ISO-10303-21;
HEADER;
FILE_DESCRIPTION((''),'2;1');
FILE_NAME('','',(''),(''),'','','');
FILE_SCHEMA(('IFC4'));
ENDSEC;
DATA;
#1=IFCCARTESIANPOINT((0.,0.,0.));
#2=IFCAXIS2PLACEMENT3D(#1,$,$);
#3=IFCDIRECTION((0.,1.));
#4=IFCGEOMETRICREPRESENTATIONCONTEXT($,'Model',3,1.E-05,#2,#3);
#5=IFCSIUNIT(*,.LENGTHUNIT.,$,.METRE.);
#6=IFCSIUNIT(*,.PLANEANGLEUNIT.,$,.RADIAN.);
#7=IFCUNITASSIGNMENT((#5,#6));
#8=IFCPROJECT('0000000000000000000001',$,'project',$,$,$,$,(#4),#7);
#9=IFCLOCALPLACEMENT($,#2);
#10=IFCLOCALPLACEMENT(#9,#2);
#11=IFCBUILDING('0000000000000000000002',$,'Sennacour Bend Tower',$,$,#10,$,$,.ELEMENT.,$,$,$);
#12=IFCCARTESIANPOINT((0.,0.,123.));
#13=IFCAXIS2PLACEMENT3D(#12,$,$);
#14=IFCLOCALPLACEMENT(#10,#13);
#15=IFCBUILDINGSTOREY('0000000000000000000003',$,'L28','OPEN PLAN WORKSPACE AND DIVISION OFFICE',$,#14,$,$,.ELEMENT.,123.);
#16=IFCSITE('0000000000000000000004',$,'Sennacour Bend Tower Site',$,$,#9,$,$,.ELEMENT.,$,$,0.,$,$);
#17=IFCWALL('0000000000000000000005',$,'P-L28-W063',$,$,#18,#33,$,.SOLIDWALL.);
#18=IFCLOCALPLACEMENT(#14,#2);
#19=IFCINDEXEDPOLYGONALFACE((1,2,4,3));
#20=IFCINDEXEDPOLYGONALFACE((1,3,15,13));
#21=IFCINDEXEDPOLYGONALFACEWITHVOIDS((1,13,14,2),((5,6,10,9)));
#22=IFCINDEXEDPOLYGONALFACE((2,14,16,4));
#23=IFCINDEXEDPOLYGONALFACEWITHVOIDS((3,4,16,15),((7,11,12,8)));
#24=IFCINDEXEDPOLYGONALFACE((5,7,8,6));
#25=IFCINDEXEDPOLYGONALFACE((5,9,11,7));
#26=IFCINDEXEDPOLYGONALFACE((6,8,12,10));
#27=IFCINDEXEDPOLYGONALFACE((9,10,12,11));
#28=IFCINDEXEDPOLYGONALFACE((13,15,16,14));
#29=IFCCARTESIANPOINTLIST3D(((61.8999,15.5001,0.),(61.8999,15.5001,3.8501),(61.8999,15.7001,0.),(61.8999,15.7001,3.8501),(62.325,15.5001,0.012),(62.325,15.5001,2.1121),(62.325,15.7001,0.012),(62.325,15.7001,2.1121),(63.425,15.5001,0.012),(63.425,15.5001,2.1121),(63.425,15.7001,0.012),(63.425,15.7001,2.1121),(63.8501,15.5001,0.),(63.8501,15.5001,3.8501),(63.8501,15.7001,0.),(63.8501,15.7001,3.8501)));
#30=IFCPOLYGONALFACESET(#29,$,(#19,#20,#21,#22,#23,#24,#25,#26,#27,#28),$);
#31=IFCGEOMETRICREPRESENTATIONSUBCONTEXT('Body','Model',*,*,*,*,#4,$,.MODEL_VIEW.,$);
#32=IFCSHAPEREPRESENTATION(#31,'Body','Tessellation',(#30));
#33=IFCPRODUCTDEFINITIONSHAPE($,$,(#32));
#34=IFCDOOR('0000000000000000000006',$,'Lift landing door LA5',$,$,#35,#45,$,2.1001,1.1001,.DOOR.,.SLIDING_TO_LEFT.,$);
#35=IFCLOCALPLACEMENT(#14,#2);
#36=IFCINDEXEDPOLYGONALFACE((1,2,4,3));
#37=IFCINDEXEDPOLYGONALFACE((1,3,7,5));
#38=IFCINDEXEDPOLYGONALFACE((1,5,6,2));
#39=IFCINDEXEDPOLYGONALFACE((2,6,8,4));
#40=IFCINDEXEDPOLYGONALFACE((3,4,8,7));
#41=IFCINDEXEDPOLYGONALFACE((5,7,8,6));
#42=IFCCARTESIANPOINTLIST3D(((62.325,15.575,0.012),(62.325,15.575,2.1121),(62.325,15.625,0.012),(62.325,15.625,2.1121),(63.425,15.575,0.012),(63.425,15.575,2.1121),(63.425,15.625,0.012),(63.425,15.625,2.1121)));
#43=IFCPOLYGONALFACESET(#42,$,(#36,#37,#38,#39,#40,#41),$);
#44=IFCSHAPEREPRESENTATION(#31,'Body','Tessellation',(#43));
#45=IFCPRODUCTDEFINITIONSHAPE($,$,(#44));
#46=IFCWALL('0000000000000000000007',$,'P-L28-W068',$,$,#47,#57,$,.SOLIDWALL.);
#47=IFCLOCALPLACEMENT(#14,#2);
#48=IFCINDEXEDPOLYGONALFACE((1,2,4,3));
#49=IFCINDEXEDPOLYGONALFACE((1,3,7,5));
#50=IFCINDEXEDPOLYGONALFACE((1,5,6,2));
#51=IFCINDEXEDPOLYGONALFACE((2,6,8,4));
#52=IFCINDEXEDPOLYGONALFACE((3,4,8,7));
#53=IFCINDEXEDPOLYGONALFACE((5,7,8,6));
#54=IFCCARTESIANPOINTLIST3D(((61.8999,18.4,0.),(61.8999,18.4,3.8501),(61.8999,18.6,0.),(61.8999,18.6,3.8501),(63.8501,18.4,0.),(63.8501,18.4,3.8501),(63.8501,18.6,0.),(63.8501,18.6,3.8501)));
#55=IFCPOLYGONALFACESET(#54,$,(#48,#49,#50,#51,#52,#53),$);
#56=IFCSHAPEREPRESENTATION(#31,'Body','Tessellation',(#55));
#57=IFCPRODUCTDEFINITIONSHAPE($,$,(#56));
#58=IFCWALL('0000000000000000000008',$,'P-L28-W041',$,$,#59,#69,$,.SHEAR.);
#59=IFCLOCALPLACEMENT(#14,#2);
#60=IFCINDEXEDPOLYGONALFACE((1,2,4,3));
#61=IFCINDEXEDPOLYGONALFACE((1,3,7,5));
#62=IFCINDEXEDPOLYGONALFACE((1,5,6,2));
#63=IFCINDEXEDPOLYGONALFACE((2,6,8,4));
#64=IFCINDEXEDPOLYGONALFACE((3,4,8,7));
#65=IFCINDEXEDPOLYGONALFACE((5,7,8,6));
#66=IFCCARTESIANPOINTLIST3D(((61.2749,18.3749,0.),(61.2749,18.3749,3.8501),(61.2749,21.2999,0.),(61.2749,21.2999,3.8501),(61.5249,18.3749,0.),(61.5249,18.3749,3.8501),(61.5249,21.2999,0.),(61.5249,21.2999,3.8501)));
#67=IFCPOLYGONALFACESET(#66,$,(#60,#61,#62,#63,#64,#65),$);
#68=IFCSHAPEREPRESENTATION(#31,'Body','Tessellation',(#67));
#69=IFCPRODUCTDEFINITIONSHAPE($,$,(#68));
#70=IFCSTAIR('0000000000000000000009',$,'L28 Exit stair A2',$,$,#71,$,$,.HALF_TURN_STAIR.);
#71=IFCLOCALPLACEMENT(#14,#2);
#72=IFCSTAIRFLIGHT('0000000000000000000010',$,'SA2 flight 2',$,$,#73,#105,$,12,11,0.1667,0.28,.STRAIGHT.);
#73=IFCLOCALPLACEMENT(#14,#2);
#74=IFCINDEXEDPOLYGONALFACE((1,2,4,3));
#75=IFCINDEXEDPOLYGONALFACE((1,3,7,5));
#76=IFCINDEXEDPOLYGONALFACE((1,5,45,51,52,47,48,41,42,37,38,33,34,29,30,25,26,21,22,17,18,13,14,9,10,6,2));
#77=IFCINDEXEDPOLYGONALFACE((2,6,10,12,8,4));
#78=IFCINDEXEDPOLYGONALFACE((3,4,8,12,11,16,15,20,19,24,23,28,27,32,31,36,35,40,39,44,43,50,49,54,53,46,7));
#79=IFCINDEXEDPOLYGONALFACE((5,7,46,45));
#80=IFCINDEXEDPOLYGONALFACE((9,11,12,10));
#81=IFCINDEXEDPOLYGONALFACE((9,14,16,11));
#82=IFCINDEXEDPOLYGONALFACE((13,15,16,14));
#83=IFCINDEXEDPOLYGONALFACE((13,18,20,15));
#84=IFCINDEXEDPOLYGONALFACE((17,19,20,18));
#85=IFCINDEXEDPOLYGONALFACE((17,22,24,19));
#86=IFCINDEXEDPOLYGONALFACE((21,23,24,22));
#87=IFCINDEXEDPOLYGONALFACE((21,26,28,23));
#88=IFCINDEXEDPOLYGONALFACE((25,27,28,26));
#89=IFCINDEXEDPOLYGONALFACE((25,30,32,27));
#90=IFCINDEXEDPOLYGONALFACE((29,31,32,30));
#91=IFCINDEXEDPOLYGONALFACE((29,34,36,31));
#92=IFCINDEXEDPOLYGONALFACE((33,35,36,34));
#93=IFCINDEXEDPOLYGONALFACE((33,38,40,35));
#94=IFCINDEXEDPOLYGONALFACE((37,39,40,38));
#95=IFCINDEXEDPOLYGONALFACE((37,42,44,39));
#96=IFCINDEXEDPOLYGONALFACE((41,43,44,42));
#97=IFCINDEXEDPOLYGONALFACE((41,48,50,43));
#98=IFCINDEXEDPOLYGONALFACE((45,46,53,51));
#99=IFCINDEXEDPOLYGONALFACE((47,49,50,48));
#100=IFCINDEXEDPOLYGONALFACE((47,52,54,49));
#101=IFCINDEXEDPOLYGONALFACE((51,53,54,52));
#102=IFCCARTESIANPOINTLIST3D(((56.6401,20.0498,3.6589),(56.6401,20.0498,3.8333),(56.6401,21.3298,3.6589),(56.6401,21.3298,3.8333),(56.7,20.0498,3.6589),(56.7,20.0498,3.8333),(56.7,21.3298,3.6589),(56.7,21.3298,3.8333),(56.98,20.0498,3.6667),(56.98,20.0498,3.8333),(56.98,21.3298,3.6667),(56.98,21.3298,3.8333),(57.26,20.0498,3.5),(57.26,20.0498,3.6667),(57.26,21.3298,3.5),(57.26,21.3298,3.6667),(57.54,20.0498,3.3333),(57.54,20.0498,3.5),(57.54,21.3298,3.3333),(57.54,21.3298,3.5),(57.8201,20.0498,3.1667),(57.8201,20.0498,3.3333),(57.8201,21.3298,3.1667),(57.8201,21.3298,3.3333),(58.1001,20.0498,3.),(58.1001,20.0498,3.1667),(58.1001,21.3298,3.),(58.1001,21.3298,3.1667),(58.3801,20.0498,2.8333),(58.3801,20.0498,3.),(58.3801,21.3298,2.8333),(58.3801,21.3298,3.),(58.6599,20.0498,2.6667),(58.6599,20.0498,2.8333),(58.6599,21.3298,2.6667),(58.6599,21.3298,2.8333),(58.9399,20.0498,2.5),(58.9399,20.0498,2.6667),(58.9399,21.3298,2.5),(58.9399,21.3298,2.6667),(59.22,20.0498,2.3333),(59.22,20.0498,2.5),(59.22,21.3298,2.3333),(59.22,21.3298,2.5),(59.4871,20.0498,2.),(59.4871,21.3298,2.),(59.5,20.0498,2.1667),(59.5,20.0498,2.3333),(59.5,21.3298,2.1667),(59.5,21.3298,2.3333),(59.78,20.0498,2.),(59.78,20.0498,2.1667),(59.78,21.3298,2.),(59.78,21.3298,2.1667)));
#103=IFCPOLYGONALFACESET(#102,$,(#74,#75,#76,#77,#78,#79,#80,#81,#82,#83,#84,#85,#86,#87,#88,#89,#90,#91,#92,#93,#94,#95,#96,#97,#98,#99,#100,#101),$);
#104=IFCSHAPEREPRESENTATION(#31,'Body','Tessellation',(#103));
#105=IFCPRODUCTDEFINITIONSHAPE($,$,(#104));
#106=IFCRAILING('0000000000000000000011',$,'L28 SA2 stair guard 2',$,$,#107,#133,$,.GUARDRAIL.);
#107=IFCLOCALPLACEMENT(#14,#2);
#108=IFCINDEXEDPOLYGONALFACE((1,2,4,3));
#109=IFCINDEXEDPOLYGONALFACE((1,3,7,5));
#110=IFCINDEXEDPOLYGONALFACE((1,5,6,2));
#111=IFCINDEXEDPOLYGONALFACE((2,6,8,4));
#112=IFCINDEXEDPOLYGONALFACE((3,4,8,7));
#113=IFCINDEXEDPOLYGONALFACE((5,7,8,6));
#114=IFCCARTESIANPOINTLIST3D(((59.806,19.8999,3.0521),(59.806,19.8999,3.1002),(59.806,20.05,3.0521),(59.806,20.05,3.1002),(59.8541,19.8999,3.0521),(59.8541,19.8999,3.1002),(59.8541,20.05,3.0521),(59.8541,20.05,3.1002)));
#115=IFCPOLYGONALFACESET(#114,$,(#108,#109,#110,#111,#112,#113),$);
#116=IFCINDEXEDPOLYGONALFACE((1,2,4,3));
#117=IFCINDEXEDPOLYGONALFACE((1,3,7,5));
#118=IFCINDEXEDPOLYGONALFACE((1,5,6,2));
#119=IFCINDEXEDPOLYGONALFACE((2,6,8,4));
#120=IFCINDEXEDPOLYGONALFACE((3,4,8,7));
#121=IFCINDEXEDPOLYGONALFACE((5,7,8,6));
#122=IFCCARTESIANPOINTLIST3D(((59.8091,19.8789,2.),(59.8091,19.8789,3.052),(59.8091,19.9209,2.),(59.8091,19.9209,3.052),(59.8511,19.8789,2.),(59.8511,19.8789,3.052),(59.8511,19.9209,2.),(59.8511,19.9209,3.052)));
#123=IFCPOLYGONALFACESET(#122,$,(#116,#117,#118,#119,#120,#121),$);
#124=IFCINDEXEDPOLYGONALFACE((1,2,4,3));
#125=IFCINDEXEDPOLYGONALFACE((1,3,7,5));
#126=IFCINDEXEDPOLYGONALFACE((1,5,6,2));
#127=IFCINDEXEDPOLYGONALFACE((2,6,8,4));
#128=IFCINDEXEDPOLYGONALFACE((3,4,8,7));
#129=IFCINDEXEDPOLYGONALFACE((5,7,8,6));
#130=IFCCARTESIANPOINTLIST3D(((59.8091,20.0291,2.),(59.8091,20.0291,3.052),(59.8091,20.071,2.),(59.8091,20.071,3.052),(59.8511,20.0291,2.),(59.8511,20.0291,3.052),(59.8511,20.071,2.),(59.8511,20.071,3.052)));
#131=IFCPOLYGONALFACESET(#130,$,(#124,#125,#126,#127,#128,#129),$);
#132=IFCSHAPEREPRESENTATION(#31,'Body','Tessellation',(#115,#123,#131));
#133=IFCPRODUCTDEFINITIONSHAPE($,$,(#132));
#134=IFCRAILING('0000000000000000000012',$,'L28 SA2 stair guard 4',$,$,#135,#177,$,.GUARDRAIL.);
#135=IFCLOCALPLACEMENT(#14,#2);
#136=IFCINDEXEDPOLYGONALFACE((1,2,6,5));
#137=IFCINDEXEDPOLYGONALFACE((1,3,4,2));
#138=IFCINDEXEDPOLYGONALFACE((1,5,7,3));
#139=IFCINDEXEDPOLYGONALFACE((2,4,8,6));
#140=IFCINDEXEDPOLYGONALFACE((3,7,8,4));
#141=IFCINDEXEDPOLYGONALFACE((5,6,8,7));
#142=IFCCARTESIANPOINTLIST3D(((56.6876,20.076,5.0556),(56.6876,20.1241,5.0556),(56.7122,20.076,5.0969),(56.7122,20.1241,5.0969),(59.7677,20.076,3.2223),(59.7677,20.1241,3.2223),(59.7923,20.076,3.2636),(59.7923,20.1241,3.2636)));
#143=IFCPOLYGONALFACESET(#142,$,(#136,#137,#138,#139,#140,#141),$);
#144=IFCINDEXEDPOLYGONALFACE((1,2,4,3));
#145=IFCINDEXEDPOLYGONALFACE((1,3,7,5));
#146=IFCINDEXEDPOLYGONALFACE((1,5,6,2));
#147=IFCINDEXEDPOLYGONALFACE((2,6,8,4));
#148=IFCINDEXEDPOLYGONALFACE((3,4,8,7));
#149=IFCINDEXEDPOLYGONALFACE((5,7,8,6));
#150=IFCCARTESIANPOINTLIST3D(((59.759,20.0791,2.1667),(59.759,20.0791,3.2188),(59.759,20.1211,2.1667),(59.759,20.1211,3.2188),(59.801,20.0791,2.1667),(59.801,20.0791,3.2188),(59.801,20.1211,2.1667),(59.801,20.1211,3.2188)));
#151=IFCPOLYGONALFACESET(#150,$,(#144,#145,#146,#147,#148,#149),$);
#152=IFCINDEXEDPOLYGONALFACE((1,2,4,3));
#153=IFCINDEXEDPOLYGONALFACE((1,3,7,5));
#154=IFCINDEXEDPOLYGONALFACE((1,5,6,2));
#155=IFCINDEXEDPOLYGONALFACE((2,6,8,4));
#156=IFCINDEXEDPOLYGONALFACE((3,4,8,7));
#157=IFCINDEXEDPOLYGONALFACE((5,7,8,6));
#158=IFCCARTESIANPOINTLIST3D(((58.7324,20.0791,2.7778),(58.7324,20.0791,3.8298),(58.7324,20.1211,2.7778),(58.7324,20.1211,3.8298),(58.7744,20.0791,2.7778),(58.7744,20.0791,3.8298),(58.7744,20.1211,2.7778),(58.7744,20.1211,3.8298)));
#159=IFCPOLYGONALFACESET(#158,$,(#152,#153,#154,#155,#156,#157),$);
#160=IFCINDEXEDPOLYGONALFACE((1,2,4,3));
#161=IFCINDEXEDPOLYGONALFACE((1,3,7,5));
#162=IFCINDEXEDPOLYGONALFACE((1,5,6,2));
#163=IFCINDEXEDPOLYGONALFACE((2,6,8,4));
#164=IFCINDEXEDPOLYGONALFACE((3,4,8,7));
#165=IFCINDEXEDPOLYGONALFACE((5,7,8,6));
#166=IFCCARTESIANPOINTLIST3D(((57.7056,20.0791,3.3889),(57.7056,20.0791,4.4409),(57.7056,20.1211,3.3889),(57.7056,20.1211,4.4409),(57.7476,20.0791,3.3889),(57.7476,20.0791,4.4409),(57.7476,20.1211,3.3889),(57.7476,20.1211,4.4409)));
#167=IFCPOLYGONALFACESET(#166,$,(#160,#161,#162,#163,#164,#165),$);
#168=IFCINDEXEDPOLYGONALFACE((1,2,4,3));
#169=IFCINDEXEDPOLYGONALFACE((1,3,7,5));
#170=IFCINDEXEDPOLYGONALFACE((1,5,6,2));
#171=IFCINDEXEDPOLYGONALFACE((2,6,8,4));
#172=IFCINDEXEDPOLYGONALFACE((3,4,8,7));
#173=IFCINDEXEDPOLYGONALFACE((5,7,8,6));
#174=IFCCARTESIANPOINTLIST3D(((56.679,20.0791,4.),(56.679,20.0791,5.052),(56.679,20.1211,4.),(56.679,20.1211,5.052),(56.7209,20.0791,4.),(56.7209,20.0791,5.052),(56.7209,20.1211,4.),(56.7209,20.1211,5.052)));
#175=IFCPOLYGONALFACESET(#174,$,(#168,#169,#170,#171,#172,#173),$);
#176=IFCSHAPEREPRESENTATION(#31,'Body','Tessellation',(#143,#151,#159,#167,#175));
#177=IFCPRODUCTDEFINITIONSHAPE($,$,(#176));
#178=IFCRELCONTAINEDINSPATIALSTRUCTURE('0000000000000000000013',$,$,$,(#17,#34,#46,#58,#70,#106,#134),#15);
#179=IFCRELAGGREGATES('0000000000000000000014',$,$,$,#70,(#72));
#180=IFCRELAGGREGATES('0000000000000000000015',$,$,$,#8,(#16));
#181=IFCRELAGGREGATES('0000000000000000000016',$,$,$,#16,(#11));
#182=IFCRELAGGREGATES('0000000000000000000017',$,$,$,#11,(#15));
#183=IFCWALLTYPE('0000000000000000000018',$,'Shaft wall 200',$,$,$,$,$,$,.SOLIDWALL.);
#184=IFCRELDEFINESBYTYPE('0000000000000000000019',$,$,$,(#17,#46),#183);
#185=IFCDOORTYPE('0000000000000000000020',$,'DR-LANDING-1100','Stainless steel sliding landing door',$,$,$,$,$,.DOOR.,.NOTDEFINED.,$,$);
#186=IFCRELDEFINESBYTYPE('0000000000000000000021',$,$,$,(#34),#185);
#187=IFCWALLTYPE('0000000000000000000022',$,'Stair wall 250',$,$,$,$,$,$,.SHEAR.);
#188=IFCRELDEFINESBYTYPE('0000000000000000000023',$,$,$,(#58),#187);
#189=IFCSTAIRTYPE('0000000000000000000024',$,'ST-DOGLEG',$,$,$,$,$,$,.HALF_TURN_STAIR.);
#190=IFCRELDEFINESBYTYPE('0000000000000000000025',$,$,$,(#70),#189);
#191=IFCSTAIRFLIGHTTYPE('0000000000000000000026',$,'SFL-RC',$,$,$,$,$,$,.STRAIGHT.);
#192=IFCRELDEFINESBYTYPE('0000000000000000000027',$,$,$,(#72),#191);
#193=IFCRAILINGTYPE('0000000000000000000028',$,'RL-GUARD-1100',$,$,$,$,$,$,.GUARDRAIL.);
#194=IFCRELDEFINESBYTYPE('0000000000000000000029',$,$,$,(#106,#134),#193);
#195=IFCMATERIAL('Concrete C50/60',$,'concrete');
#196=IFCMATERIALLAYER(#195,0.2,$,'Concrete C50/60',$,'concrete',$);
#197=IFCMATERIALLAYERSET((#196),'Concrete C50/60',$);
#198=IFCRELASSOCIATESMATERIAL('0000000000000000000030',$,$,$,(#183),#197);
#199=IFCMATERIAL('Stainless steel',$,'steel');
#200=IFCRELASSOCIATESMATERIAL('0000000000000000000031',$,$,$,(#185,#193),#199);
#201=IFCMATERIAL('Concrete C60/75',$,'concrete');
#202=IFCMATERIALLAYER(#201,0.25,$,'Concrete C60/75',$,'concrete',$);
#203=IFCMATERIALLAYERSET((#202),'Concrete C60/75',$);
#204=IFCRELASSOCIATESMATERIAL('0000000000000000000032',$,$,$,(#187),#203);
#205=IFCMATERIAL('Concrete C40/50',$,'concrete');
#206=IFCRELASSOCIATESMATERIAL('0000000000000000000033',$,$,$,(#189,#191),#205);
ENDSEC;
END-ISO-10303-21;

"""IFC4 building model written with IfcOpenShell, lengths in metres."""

from ifc_helpers import new_model, si_unit, direction, frame, frame_2d, origin, origin_2d, place, context, subcontext, project, spatial, polyline, rectangle, outline, extrude, material, layer, layer_set, type_object, element, fill, aggregate, save


model = new_model("IFC4")

# Units and contexts
model_context = context("Model", 3, precision=1e-05, world=origin(), true_north=direction((0.0, 1.0)))
body_context = subcontext(model_context, "Body", "Model", "MODEL_VIEW")
ifc_project = project(units=[si_unit("LENGTHUNIT", "METRE"), si_unit("PLANEANGLEUNIT", "RADIAN")], contexts=[model_context])

# Site, building, storey
site_placement = place(None, origin())
site = spatial("IfcSite", under=ifc_project, at=site_placement, Name="Sennacour Bend Tower Site", CompositionType="ELEMENT", RefElevation=0.0)
building_placement = place(site_placement, origin())
building = spatial("IfcBuilding", under=site, at=building_placement, Name="Sennacour Bend Tower", CompositionType="ELEMENT")
storey_placement = place(building_placement, frame((0.0, 0.0, 123.0)))
storey = spatial("IfcBuildingStorey", under=building, at=storey_placement, Name="L28", Description="OPEN PLAN WORKSPACE AND DIVISION OFFICE", CompositionType="ELEMENT", Elevation=123.0)

# Shared definitions
ifc_material_1 = material(Name="Concrete C50/60", Category="concrete")
ifc_layer_1 = layer(ifc_material_1, 0.2, Name="Concrete C50/60", Category="concrete")
ifc_layer_set_1 = layer_set([ifc_layer_1], Name="Concrete C50/60")
wall_type_1 = type_object("IfcWallType", Name="Shaft wall 200", PredefinedType="SOLIDWALL", material=ifc_layer_set_1)

# Wall, opening, door
ifc_material_2 = material(Name="Stainless steel", Category="steel")
wall_1_placement = place(storey_placement, frame((61.8999, 15.6001, 0.0), z_axis=(0.0, 0.0, 1.0), x_axis=(1.0, 0.0, 0.0)))
wall_1 = element("IfcWall", 1, at=wall_1_placement, inside=storey, type_object=wall_type_1, Name="P-L28-W063", PredefinedType="SOLIDWALL", context=body_context, shape_type="SweptSolid", body=[
    extrude(rectangle(XDim=1.9502, YDim=0.2, at=frame_2d((0.9751, 0.0))), origin(), (0.0, 0.0, 1.0), 3.8501),
])
opening_1_placement = place(wall_1_placement, frame((0.425, 0.0, 0.012)))
opening_1 = element("IfcOpeningElement", 2, at=opening_1_placement, cuts=wall_1, PredefinedType="OPENING", context=body_context, shape_type="SweptSolid", body=[
    extrude(rectangle(XDim=1.1001, YDim=2.1001, at=frame_2d((0.55, 1.05))), frame((0.0, 0.1099, 0.0), z_axis=(0.0, -1.0, 0.0), x_axis=(1.0, 0.0, 0.0)), (0.0, 0.0, 1.0), 0.22),
])
door_type_1 = type_object("IfcDoorType", Name="DR-LANDING-1100", Description="Stainless steel sliding landing door", OperationType="NOTDEFINED", PredefinedType="DOOR", material=ifc_material_2)
door_1_placement = place(opening_1_placement, origin())
door_1 = element("IfcDoor", 3, at=door_1_placement, inside=storey, type_object=door_type_1, Name="Lift landing door LA5", OperationType="SLIDING_TO_LEFT", OverallHeight=2.1001, OverallWidth=1.1001, PredefinedType="DOOR", context=body_context, shape_type="SweptSolid", body=[
    extrude(rectangle(XDim=1.1001, YDim=2.1001, at=frame_2d((0.55, 1.05))), frame((0.0, 0.0249, 0.0), z_axis=(0.0, -1.0, 0.0), x_axis=(1.0, 0.0, 0.0)), (0.0, 0.0, 1.0), 0.05),
])
fill(opening_1, door_1)

# Walls
wall_2_placement = place(storey_placement, frame((61.8999, 18.5, 0.0), z_axis=(0.0, 0.0, 1.0), x_axis=(1.0, 0.0, 0.0)))
element("IfcWall", 4, at=wall_2_placement, inside=storey, type_object=wall_type_1, Name="P-L28-W068", PredefinedType="SOLIDWALL", context=body_context, shape_type="SweptSolid", body=[
    extrude(rectangle(XDim=1.9502, YDim=0.2, at=frame_2d((0.9751, 0.0))), origin(), (0.0, 0.0, 1.0), 3.8501),
])
ifc_material_3 = material(Name="Concrete C60/75", Category="concrete")
ifc_layer_2 = layer(ifc_material_3, 0.25, Name="Concrete C60/75", Category="concrete")
ifc_layer_set_2 = layer_set([ifc_layer_2], Name="Concrete C60/75")
wall_type_2 = type_object("IfcWallType", Name="Stair wall 250", PredefinedType="SHEAR", material=ifc_layer_set_2)
wall_3_placement = place(storey_placement, frame((61.3999, 18.375, 0.0), z_axis=(0.0, 0.0, 1.0), x_axis=(0.0, 1.0, 0.0)))
element("IfcWall", 5, at=wall_3_placement, inside=storey, type_object=wall_type_2, Name="P-L28-W041", PredefinedType="SHEAR", context=body_context, shape_type="SweptSolid", body=[
    extrude(rectangle(XDim=2.925, YDim=0.25, at=frame_2d((1.4624, 0.0))), origin(), (0.0, 0.0, 1.0), 3.8501),
])

# Stair, stair flight
ifc_material_4 = material(Name="Concrete C40/50", Category="concrete")
stair_type = type_object("IfcStairType", Name="ST-DOGLEG", PredefinedType="HALF_TURN_STAIR", material=ifc_material_4)
stair_placement = place(storey_placement, origin())
stair = element("IfcStair", 6, at=stair_placement, inside=storey, type_object=stair_type, Name="L28 Exit stair A2", PredefinedType="HALF_TURN_STAIR")
stair_flight_type = type_object("IfcStairFlightType", Name="SFL-RC", PredefinedType="STRAIGHT", material=ifc_material_4)
stair_flight_placement = place(storey_placement, frame((59.78, 20.6899, 2.0), z_axis=(0.0, 0.0, 1.0), x_axis=(-1.0, 0.0, 0.0)))
stair_flight = element("IfcStairFlight", 7, at=stair_flight_placement, type_object=stair_flight_type, Name="SA2 flight 2", NumberOfRisers=12, NumberOfTreads=11, PredefinedType="STRAIGHT", RiserHeight=0.1667, TreadLength=0.28, context=body_context, shape_type="SweptSolid", body=[
    extrude(outline(polyline([(0.0, 0.0), (0.0, 0.1667), (0.28, 0.1667), (0.28, 0.3333), (0.5601, 0.3333), (0.5601, 0.5), (0.8401, 0.5), (0.8401, 0.6667), (1.1201, 0.6667), (1.1201, 0.8333), (1.3999, 0.8333), (1.3999, 1.0), (1.6799, 1.0), (1.6799, 1.1667), (1.96, 1.1667), (1.96, 1.3333), (2.24, 1.3333), (2.24, 1.5), (2.52, 1.5), (2.52, 1.6667), (2.8, 1.6667), (2.8, 1.8333), (3.0801, 1.8333), (3.1399, 1.8333), (3.1399, 1.6589), (3.0801, 1.6589), (0.293, 0.0), (0.0, 0.0)])), frame((0.0, 0.6401, 0.0), z_axis=(0.0, -1.0, 0.0), x_axis=(1.0, 0.0, 0.0)), (0.0, 0.0, 1.0), 1.28),
])
aggregate(stair, [stair_flight])

# Railings
railing_type_1 = type_object("IfcRailingType", Name="RL-GUARD-1100", PredefinedType="GUARDRAIL", material=ifc_material_2)
railing_1_placement = place(storey_placement, frame((59.8301, 19.8999, 2.0)))
element("IfcRailing", 8, at=railing_1_placement, inside=storey, type_object=railing_type_1, Name="L28 SA2 stair guard 2", PredefinedType="GUARDRAIL", context=body_context, shape_type="SweptSolid", body=[
    extrude(rectangle(XDim=0.0481, YDim=0.0481, at=origin_2d()), frame((0.0, 0.0, 1.0762), z_axis=(0.0, 1.0, 0.0), x_axis=(-1.0, 0.0, 0.0)), (0.0, 0.0, 1.0), 0.1501),
    extrude(rectangle(XDim=0.042, YDim=0.042, at=origin_2d()), origin(), (0.0, 0.0, 1.0), 1.052),
    extrude(rectangle(XDim=0.042, YDim=0.042, at=origin_2d()), frame((0.0, 0.1501, 0.0)), (0.0, 0.0, 1.0), 1.052),
])
railing_2_placement = place(storey_placement, frame((59.78, 20.1001, 2.1667)))
element("IfcRailing", 9, at=railing_2_placement, inside=storey, type_object=railing_type_1, Name="L28 SA2 stair guard 4", PredefinedType="GUARDRAIL", context=body_context, shape_type="SweptSolid", body=[
    extrude(rectangle(XDim=0.0481, YDim=0.0481, at=origin_2d()), frame((0.0, 0.0, 1.0762), z_axis=(-0.859309, 0.0, 0.511458), x_axis=(0.0, -1.0, 0.0)), (0.0, 0.0, 1.0), 3.5845),
    extrude(rectangle(XDim=0.042, YDim=0.042, at=origin_2d()), origin(), (0.0, 0.0, 1.0), 1.052),
    extrude(rectangle(XDim=0.042, YDim=0.042, at=origin_2d()), frame((-1.0266, 0.0, 0.6111)), (0.0, 0.0, 1.0), 1.052),
    extrude(rectangle(XDim=0.042, YDim=0.042, at=origin_2d()), frame((-2.0535, 0.0, 1.2222)), (0.0, 0.0, 1.0), 1.052),
    extrude(rectangle(XDim=0.042, YDim=0.042, at=origin_2d()), frame((-3.0801, 0.0, 1.8333)), (0.0, 0.0, 1.0), 1.052),
])

save(model, "model.ifc")
